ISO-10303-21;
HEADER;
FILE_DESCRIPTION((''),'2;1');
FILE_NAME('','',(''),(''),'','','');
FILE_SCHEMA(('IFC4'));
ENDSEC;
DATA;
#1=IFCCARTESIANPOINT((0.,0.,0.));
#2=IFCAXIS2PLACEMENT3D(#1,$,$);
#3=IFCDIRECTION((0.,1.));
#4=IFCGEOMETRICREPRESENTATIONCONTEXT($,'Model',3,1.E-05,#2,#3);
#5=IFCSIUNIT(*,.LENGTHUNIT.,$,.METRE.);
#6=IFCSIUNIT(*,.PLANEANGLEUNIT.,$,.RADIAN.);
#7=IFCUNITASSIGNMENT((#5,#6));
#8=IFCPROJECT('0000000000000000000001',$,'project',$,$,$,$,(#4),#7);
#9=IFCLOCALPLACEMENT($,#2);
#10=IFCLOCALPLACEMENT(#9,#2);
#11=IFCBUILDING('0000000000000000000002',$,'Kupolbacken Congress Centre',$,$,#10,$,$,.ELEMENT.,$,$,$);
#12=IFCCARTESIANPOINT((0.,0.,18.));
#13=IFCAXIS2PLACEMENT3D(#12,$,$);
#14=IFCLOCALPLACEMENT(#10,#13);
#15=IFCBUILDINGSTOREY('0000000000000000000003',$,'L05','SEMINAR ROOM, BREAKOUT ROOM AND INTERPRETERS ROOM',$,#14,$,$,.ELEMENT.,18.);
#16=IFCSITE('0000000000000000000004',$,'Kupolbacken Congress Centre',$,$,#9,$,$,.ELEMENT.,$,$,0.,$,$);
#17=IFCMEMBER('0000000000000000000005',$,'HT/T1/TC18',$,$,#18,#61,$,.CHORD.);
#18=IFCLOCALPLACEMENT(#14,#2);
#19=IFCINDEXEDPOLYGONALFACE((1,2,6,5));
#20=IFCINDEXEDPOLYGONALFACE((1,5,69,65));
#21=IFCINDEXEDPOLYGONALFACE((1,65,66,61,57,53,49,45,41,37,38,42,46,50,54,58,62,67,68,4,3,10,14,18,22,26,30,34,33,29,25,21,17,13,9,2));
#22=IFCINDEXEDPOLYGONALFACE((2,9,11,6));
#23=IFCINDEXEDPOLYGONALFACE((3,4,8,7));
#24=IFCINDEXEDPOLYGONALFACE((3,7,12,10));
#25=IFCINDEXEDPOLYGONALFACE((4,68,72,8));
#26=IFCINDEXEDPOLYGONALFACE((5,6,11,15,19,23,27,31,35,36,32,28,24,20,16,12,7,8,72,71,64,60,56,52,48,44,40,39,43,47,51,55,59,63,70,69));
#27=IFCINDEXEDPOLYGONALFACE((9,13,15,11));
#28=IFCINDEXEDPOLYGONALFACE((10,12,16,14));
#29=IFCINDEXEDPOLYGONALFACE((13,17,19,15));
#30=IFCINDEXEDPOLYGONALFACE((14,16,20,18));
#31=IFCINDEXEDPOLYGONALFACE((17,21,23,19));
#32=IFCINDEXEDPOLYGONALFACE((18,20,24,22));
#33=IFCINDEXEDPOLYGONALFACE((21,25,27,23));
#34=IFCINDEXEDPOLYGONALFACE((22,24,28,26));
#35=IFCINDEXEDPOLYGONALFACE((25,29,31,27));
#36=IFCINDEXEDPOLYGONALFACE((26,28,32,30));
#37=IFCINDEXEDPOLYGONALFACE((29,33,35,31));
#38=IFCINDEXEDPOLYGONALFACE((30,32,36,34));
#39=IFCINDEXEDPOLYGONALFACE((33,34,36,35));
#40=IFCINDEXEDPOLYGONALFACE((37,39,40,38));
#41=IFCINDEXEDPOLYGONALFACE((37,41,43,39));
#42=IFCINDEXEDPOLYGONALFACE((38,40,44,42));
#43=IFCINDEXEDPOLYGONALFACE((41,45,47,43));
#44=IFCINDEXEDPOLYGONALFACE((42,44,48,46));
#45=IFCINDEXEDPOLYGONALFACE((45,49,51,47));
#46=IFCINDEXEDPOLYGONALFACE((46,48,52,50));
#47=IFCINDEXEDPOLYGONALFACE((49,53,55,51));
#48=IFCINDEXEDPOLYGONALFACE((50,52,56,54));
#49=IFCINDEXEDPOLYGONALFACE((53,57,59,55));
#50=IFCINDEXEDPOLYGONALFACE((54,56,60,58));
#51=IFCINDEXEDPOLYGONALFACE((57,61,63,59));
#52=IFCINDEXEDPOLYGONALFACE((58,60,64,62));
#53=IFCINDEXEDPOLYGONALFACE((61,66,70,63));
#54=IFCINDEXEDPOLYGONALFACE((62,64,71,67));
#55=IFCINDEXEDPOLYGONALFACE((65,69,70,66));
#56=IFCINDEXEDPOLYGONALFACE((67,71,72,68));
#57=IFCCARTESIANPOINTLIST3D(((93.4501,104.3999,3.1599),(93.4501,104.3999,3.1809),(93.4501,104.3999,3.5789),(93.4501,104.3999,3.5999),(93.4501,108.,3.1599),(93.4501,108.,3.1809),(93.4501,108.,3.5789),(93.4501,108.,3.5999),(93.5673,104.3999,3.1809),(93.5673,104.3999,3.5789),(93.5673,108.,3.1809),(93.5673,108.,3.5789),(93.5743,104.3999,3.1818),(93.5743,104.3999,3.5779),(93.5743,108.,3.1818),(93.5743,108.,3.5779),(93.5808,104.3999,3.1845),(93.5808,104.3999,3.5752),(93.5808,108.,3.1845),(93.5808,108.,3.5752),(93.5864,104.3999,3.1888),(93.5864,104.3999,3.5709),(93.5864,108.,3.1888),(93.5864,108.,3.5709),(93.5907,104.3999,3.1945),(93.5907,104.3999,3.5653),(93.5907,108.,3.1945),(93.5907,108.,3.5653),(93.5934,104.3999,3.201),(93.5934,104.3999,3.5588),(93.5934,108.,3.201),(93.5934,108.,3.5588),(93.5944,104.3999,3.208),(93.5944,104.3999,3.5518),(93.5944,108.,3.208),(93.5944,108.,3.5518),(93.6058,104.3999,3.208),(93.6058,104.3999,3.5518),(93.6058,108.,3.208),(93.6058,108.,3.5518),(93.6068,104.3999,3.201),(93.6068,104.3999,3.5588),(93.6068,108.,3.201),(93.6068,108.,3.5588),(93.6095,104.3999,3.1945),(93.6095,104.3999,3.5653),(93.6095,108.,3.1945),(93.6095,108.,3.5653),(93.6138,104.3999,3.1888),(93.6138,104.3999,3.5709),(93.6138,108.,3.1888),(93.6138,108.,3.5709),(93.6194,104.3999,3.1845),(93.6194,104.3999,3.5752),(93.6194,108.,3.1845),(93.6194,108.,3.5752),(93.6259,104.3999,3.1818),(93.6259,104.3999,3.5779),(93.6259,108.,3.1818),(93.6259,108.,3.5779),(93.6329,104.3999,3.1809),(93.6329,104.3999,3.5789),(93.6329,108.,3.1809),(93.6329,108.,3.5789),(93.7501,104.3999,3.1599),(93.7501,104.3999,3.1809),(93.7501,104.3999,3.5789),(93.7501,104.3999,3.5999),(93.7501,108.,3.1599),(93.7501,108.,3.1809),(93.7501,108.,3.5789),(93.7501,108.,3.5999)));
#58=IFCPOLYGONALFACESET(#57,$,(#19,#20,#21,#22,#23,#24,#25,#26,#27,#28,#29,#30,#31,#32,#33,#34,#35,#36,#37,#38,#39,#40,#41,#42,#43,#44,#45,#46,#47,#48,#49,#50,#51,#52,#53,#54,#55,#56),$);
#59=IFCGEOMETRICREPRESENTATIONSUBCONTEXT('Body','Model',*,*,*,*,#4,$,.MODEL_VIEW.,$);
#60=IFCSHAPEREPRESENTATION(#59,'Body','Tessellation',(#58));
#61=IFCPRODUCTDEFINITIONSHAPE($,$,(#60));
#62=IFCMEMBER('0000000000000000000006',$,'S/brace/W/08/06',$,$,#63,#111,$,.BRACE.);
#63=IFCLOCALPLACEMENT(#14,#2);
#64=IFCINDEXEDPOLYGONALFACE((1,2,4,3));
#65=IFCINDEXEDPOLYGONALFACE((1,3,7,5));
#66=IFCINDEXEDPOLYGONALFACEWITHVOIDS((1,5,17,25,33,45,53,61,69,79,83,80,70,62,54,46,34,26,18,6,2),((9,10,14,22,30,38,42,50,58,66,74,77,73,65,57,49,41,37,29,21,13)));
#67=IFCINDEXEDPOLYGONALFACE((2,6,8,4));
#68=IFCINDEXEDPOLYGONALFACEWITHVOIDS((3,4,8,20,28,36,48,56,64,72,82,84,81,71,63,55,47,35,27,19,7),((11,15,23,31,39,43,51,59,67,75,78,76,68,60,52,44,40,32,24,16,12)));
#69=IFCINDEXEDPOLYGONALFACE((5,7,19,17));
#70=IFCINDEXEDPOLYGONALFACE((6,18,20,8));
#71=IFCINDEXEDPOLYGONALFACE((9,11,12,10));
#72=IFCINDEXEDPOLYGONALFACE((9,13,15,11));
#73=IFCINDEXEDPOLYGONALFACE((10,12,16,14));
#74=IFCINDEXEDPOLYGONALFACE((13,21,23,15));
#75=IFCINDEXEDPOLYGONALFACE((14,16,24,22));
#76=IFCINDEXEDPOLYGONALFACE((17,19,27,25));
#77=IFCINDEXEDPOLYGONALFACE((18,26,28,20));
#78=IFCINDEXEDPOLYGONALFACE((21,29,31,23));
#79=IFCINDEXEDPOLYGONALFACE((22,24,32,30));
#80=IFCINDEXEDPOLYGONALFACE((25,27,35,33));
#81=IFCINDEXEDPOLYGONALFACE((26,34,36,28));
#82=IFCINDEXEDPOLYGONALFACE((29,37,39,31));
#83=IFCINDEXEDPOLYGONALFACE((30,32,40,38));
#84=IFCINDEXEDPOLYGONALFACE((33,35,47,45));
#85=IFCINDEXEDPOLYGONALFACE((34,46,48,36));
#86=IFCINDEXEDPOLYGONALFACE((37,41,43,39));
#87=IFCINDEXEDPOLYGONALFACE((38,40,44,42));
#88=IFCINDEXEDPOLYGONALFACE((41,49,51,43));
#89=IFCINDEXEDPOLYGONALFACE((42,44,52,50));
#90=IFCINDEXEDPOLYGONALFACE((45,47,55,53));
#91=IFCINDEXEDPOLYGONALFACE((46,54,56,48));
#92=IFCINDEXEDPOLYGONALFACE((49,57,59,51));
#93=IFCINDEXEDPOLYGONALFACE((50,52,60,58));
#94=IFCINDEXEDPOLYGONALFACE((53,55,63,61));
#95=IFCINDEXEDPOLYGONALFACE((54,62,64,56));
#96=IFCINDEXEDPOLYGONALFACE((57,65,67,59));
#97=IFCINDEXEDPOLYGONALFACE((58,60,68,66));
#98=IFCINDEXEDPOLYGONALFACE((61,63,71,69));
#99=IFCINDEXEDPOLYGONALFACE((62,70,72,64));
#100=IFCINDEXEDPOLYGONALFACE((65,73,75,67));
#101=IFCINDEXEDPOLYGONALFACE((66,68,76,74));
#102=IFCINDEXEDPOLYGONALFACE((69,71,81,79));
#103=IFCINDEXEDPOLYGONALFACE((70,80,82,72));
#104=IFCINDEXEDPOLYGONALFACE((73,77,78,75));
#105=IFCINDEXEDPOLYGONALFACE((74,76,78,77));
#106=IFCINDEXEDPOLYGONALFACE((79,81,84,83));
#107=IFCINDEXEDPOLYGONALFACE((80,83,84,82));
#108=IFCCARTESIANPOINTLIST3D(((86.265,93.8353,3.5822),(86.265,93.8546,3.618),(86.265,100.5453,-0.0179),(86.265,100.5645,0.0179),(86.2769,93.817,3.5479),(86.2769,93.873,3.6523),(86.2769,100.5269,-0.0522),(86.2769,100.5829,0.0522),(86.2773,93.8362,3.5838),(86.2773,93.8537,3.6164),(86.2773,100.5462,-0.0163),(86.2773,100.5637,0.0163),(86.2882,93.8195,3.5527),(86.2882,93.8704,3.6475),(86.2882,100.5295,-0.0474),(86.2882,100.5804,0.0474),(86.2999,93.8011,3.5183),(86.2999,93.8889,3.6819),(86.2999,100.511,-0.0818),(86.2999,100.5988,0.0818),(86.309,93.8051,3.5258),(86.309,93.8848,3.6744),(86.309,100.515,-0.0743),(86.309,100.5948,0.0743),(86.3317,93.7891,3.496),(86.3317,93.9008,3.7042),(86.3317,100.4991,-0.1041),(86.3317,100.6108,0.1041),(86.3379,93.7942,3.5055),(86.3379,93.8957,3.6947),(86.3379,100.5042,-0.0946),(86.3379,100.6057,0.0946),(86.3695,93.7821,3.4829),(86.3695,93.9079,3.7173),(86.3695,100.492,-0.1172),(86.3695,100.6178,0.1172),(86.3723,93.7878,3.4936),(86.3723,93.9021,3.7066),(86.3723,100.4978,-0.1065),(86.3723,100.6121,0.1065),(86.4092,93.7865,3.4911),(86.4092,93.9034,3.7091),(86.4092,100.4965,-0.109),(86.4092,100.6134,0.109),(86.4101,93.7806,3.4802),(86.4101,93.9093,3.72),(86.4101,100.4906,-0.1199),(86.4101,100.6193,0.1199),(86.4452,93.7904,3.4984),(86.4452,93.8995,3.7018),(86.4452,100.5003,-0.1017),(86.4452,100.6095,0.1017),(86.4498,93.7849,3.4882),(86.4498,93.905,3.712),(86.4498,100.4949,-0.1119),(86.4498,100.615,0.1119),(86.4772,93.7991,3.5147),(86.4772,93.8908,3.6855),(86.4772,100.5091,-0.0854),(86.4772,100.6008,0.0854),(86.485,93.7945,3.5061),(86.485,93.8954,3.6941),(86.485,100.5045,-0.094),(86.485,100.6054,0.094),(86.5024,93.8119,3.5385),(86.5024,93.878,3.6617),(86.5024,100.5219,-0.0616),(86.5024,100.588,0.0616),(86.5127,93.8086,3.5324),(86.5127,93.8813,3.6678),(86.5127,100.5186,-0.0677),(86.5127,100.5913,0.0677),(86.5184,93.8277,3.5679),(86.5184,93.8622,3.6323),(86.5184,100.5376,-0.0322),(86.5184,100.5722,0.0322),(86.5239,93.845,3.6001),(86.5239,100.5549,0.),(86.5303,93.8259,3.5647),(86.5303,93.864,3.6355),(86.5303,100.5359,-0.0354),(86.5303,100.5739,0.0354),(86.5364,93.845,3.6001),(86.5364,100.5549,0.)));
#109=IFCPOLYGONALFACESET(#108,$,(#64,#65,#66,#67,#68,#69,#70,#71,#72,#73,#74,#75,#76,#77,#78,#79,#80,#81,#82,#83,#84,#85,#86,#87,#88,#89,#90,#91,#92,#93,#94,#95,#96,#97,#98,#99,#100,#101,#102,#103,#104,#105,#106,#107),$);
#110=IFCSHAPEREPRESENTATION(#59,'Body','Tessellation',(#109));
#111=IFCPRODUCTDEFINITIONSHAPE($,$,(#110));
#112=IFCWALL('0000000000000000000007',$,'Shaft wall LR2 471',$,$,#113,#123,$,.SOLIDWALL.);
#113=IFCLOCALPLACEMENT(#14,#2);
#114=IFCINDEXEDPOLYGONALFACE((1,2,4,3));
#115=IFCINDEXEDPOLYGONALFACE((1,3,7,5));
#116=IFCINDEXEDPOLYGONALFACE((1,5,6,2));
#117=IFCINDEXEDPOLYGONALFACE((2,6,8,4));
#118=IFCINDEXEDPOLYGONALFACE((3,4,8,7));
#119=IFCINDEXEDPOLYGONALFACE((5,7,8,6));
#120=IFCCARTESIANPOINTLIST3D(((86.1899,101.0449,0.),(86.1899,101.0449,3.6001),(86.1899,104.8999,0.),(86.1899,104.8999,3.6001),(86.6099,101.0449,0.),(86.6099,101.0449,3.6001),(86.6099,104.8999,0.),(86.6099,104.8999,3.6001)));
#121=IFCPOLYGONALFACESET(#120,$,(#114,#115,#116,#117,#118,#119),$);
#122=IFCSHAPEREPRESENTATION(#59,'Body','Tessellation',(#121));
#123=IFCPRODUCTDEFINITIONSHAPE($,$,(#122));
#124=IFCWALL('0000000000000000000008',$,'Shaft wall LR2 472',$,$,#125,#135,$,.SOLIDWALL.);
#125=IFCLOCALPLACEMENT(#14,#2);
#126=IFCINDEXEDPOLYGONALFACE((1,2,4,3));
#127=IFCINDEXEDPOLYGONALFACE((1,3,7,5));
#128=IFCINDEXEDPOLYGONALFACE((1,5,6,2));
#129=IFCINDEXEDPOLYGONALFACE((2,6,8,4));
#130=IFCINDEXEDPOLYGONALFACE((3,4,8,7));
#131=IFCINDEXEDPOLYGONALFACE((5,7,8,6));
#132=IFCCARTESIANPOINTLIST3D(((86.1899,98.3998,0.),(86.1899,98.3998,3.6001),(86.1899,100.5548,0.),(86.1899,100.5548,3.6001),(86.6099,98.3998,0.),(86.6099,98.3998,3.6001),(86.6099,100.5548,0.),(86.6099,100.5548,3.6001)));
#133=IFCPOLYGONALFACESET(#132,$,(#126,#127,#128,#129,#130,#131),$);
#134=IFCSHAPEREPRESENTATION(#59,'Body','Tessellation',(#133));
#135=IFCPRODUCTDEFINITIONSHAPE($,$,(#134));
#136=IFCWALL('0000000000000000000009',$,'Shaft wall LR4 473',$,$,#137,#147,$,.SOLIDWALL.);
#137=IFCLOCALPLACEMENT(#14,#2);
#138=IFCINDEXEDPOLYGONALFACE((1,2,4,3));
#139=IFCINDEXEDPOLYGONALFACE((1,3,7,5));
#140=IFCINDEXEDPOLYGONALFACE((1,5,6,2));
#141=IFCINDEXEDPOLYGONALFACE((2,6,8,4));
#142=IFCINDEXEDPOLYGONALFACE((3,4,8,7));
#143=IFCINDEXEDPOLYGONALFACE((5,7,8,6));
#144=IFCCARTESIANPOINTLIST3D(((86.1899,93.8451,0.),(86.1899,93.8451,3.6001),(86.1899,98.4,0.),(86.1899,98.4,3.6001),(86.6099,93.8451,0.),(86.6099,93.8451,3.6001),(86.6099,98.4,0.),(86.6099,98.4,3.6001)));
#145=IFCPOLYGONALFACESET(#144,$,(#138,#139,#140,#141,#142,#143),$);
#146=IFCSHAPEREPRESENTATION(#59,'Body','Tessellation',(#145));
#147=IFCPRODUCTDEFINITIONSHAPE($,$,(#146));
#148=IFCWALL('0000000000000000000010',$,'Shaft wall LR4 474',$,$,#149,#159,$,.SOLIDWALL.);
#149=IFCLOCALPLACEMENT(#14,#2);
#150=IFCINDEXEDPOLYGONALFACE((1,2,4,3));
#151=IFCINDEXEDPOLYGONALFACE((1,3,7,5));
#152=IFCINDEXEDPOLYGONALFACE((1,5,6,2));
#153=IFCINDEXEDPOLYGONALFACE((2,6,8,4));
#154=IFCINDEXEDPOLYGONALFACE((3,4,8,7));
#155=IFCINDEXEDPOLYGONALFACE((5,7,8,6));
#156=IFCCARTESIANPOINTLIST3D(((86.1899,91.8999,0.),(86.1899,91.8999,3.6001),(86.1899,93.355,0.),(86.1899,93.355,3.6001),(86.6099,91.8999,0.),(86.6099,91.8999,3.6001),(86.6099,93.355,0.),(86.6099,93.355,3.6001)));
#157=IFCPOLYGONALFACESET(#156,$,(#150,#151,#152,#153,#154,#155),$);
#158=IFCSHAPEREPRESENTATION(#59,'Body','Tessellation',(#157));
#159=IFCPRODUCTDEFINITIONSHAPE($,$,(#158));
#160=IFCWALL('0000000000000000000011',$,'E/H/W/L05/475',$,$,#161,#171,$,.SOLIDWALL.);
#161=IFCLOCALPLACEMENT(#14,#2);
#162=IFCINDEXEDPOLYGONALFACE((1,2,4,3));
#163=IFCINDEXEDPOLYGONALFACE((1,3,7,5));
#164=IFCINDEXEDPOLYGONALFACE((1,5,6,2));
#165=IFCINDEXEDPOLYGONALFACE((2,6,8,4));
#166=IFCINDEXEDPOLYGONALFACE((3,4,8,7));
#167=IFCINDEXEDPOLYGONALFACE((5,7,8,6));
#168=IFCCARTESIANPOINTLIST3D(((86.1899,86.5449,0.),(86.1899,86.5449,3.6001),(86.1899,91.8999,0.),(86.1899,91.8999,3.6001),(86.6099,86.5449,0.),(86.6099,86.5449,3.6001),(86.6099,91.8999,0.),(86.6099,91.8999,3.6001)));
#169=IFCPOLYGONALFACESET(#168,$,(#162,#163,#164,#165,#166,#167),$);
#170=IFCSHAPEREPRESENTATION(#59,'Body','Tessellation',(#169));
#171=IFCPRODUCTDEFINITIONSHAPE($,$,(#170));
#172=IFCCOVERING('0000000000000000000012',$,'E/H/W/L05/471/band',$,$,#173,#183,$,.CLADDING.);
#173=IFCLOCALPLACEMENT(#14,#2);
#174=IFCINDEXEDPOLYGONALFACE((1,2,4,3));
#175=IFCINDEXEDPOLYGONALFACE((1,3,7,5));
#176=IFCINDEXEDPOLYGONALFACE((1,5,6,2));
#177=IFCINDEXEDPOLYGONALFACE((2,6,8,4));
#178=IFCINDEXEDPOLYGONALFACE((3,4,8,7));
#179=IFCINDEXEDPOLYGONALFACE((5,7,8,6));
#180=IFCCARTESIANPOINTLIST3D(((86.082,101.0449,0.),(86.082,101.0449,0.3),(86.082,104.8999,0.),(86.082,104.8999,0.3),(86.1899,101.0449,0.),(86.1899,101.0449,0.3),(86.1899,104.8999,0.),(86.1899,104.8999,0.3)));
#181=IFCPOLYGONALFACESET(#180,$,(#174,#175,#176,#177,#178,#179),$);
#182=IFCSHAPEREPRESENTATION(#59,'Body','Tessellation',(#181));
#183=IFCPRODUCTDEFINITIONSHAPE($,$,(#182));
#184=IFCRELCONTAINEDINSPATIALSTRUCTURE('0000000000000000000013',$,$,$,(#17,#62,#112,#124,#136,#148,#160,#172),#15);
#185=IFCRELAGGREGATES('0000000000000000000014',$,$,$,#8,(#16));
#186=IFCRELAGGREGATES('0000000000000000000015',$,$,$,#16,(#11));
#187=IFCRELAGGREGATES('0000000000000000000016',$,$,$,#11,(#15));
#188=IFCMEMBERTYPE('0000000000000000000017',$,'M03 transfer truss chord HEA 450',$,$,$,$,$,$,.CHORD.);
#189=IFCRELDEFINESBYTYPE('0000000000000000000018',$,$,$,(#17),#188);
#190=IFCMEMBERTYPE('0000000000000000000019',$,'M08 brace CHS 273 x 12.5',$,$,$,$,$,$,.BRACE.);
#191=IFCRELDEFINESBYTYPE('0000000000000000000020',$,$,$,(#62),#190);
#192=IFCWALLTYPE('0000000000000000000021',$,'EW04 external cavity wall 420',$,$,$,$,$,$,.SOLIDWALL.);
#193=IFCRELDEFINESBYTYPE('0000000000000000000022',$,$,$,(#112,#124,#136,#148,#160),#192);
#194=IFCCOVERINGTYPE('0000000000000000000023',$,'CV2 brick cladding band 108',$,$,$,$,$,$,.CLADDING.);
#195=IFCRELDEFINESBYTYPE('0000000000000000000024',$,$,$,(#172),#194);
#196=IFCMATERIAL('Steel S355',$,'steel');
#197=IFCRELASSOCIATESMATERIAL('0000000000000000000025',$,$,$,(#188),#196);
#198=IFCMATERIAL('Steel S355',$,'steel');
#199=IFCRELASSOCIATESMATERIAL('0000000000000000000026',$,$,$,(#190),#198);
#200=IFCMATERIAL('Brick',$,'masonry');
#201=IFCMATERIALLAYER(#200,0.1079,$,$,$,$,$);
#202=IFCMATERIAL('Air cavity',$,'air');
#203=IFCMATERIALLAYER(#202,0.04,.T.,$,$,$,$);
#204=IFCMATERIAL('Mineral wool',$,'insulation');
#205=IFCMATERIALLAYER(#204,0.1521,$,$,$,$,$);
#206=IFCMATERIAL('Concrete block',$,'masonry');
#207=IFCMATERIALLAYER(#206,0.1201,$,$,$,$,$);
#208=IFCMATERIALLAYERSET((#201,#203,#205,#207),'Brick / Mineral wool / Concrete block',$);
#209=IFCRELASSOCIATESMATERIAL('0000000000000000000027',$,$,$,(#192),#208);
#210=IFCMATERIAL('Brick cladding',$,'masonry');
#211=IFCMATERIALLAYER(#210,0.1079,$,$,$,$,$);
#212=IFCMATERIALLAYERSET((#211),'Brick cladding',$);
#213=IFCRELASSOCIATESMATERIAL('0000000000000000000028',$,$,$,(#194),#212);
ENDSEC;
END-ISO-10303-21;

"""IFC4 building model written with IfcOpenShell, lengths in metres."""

from ifc_helpers import new_model, si_unit, direction, frame, frame_2d, origin, origin_2d, place, context, subcontext, project, spatial, rectangle, hollow_circle, i_section, extrude, material, layer, layer_set, material_profile, profile_set, type_object, element, save


model = new_model("IFC4")

# Units and contexts
model_context = context("Model", 3, precision=1e-05, world=origin(), true_north=direction((0.0, 1.0)))
body_context = subcontext(model_context, "Body", "Model", "MODEL_VIEW")
ifc_project = project(units=[si_unit("LENGTHUNIT", "METRE"), si_unit("PLANEANGLEUNIT", "RADIAN")], contexts=[model_context])

# Site, building, storey
site_placement = place(None, origin())
site = spatial("IfcSite", under=ifc_project, at=site_placement, Name="Kupolbacken Congress Centre", CompositionType="ELEMENT", RefElevation=0.0)
building_placement = place(site_placement, origin())
building = spatial("IfcBuilding", under=site, at=building_placement, Name="Kupolbacken Congress Centre", CompositionType="ELEMENT")
storey_placement = place(building_placement, frame((0.0, 0.0, 18.0)))
storey = spatial("IfcBuildingStorey", under=building, at=storey_placement, Name="L05", Description="SEMINAR ROOM, BREAKOUT ROOM AND INTERPRETERS ROOM", CompositionType="ELEMENT", Elevation=18.0)

# Members
ifc_material_1 = material(Name="Steel S355", Category="steel")
ifc_material_profile_1 = material_profile(ifc_material_1, i_section(OverallWidth=0.3, OverallDepth=0.4399, WebThickness=0.0115, FlangeThickness=0.021, FilletRadius=0.0271, at=origin_2d()), Name="HEA 450")
ifc_profile_set_1 = profile_set([ifc_material_profile_1], Name="Steel S355")
member_type_1 = type_object("IfcMemberType", Name="M03 transfer truss chord HEA 450", PredefinedType="CHORD", material=ifc_profile_set_1)
member_1_placement = place(storey_placement, frame((93.6001, 104.3999, 3.3799), z_axis=(0.0, 1.0, 0.0), x_axis=(-1.0, 0.0, 0.0)))
element("IfcMember", 1, at=member_1_placement, inside=storey, type_object=member_type_1, Name="HT/T1/TC18", PredefinedType="CHORD", context=body_context, shape_type="SweptSolid", body=[
    extrude(i_section(OverallWidth=0.3, OverallDepth=0.4399, WebThickness=0.0115, FlangeThickness=0.021, FilletRadius=0.0271, at=origin_2d()), origin(), (0.0, 0.0, 1.0), 3.6001),
])
ifc_material_2 = material(Name="Steel S355", Category="steel")
ifc_material_profile_2 = material_profile(ifc_material_2, hollow_circle(Radius=0.1365, WallThickness=0.0125, at=origin_2d()), Name="CHS 273 x 12.5")
ifc_profile_set_2 = profile_set([ifc_material_profile_2], Name="Steel S355")
member_type_2 = type_object("IfcMemberType", Name="M08 brace CHS 273 x 12.5", PredefinedType="BRACE", material=ifc_profile_set_2)
member_2_placement = place(storey_placement, frame((86.3999, 100.5549, 0.0), z_axis=(0.0, -0.88118, 0.47278), x_axis=(1.0, 0.0, 0.0)))
element("IfcMember", 2, at=member_2_placement, inside=storey, type_object=member_type_2, Name="S/brace/W/08/06", PredefinedType="BRACE", context=body_context, shape_type="SweptSolid", body=[
    extrude(hollow_circle(Radius=0.1365, WallThickness=0.0125, at=origin_2d()), origin(), (0.0, 0.0, 1.0), 7.6147),
])

# Walls
ifc_material_3 = material(Name="Brick", Category="masonry")
ifc_layer_1 = layer(ifc_material_3, 0.1079)
ifc_material_4 = material(Name="Air cavity", Category="air")
ifc_layer_2 = layer(ifc_material_4, 0.04, ventilated=True)
ifc_material_5 = material(Name="Mineral wool", Category="insulation")
ifc_layer_3 = layer(ifc_material_5, 0.1521)
ifc_material_6 = material(Name="Concrete block", Category="masonry")
ifc_layer_4 = layer(ifc_material_6, 0.1201)
ifc_layer_set_1 = layer_set([ifc_layer_1, ifc_layer_2, ifc_layer_3, ifc_layer_4], Name="Brick / Mineral wool / Concrete block")
wall_type = type_object("IfcWallType", Name="EW04 external cavity wall 420", PredefinedType="SOLIDWALL", material=ifc_layer_set_1)
wall_1_placement = place(storey_placement, frame((86.3999, 104.8999, 0.0), z_axis=(0.0, 0.0, 1.0), x_axis=(0.0, -1.0, 0.0)))
element("IfcWall", 3, at=wall_1_placement, inside=storey, type_object=wall_type, Name="Shaft wall LR2 471", PredefinedType="SOLIDWALL", context=body_context, shape_type="SweptSolid", body=[
    extrude(rectangle(XDim=3.855, YDim=0.4199, at=frame_2d((1.9275, 0.0))), origin(), (0.0, 0.0, 1.0), 3.6001),
])
wall_2_placement = place(storey_placement, frame((86.3999, 100.5549, 0.0), z_axis=(0.0, 0.0, 1.0), x_axis=(0.0, -1.0, 0.0)))
element("IfcWall", 4, at=wall_2_placement, inside=storey, type_object=wall_type, Name="Shaft wall LR2 472", PredefinedType="SOLIDWALL", context=body_context, shape_type="SweptSolid", body=[
    extrude(rectangle(XDim=2.155, YDim=0.4199, at=frame_2d((1.0776, 0.0))), origin(), (0.0, 0.0, 1.0), 3.6001),
])
wall_3_placement = place(storey_placement, frame((86.3999, 98.3999, 0.0), z_axis=(0.0, 0.0, 1.0), x_axis=(0.0, -1.0, 0.0)))
element("IfcWall", 5, at=wall_3_placement, inside=storey, type_object=wall_type, Name="Shaft wall LR4 473", PredefinedType="SOLIDWALL", context=body_context, shape_type="SweptSolid", body=[
    extrude(rectangle(XDim=4.5549, YDim=0.4199, at=frame_2d((2.2773, 0.0))), origin(), (0.0, 0.0, 1.0), 3.6001),
])
wall_4_placement = place(storey_placement, frame((86.3999, 93.355, 0.0), z_axis=(0.0, 0.0, 1.0), x_axis=(0.0, -1.0, 0.0)))
element("IfcWall", 6, at=wall_4_placement, inside=storey, type_object=wall_type, Name="Shaft wall LR4 474", PredefinedType="SOLIDWALL", context=body_context, shape_type="SweptSolid", body=[
    extrude(rectangle(XDim=1.4551, YDim=0.4199, at=frame_2d((0.7275, 0.0))), origin(), (0.0, 0.0, 1.0), 3.6001),
])
wall_5_placement = place(storey_placement, frame((86.3999, 91.8999, 0.0), z_axis=(0.0, 0.0, 1.0), x_axis=(0.0, -1.0, 0.0)))
element("IfcWall", 7, at=wall_5_placement, inside=storey, type_object=wall_type, Name="E/H/W/L05/475", PredefinedType="SOLIDWALL", context=body_context, shape_type="SweptSolid", body=[
    extrude(rectangle(XDim=5.355, YDim=0.4199, at=frame_2d((2.6775, 0.0))), origin(), (0.0, 0.0, 1.0), 3.6001),
])

# Covering
ifc_material_7 = material(Name="Brick cladding", Category="masonry")
ifc_layer_5 = layer(ifc_material_7, 0.1079)
ifc_layer_set_2 = layer_set([ifc_layer_5], Name="Brick cladding")
covering_type = type_object("IfcCoveringType", Name="CV2 brick cladding band 108", PredefinedType="CLADDING", material=ifc_layer_set_2)
covering_1_placement = place(storey_placement, frame((86.136, 102.9724, 0.0), z_axis=(0.0, 0.0, 1.0), x_axis=(0.0, -1.0, 0.0)))
element("IfcCovering", 8, at=covering_1_placement, inside=storey, type_object=covering_type, Name="E/H/W/L05/471/band", PredefinedType="CLADDING", context=body_context, shape_type="SweptSolid", body=[
    extrude(rectangle(XDim=3.855, YDim=0.1079, at=origin_2d()), origin(), (0.0, 0.0, 1.0), 0.3),
])

save(model, "model.ifc")
